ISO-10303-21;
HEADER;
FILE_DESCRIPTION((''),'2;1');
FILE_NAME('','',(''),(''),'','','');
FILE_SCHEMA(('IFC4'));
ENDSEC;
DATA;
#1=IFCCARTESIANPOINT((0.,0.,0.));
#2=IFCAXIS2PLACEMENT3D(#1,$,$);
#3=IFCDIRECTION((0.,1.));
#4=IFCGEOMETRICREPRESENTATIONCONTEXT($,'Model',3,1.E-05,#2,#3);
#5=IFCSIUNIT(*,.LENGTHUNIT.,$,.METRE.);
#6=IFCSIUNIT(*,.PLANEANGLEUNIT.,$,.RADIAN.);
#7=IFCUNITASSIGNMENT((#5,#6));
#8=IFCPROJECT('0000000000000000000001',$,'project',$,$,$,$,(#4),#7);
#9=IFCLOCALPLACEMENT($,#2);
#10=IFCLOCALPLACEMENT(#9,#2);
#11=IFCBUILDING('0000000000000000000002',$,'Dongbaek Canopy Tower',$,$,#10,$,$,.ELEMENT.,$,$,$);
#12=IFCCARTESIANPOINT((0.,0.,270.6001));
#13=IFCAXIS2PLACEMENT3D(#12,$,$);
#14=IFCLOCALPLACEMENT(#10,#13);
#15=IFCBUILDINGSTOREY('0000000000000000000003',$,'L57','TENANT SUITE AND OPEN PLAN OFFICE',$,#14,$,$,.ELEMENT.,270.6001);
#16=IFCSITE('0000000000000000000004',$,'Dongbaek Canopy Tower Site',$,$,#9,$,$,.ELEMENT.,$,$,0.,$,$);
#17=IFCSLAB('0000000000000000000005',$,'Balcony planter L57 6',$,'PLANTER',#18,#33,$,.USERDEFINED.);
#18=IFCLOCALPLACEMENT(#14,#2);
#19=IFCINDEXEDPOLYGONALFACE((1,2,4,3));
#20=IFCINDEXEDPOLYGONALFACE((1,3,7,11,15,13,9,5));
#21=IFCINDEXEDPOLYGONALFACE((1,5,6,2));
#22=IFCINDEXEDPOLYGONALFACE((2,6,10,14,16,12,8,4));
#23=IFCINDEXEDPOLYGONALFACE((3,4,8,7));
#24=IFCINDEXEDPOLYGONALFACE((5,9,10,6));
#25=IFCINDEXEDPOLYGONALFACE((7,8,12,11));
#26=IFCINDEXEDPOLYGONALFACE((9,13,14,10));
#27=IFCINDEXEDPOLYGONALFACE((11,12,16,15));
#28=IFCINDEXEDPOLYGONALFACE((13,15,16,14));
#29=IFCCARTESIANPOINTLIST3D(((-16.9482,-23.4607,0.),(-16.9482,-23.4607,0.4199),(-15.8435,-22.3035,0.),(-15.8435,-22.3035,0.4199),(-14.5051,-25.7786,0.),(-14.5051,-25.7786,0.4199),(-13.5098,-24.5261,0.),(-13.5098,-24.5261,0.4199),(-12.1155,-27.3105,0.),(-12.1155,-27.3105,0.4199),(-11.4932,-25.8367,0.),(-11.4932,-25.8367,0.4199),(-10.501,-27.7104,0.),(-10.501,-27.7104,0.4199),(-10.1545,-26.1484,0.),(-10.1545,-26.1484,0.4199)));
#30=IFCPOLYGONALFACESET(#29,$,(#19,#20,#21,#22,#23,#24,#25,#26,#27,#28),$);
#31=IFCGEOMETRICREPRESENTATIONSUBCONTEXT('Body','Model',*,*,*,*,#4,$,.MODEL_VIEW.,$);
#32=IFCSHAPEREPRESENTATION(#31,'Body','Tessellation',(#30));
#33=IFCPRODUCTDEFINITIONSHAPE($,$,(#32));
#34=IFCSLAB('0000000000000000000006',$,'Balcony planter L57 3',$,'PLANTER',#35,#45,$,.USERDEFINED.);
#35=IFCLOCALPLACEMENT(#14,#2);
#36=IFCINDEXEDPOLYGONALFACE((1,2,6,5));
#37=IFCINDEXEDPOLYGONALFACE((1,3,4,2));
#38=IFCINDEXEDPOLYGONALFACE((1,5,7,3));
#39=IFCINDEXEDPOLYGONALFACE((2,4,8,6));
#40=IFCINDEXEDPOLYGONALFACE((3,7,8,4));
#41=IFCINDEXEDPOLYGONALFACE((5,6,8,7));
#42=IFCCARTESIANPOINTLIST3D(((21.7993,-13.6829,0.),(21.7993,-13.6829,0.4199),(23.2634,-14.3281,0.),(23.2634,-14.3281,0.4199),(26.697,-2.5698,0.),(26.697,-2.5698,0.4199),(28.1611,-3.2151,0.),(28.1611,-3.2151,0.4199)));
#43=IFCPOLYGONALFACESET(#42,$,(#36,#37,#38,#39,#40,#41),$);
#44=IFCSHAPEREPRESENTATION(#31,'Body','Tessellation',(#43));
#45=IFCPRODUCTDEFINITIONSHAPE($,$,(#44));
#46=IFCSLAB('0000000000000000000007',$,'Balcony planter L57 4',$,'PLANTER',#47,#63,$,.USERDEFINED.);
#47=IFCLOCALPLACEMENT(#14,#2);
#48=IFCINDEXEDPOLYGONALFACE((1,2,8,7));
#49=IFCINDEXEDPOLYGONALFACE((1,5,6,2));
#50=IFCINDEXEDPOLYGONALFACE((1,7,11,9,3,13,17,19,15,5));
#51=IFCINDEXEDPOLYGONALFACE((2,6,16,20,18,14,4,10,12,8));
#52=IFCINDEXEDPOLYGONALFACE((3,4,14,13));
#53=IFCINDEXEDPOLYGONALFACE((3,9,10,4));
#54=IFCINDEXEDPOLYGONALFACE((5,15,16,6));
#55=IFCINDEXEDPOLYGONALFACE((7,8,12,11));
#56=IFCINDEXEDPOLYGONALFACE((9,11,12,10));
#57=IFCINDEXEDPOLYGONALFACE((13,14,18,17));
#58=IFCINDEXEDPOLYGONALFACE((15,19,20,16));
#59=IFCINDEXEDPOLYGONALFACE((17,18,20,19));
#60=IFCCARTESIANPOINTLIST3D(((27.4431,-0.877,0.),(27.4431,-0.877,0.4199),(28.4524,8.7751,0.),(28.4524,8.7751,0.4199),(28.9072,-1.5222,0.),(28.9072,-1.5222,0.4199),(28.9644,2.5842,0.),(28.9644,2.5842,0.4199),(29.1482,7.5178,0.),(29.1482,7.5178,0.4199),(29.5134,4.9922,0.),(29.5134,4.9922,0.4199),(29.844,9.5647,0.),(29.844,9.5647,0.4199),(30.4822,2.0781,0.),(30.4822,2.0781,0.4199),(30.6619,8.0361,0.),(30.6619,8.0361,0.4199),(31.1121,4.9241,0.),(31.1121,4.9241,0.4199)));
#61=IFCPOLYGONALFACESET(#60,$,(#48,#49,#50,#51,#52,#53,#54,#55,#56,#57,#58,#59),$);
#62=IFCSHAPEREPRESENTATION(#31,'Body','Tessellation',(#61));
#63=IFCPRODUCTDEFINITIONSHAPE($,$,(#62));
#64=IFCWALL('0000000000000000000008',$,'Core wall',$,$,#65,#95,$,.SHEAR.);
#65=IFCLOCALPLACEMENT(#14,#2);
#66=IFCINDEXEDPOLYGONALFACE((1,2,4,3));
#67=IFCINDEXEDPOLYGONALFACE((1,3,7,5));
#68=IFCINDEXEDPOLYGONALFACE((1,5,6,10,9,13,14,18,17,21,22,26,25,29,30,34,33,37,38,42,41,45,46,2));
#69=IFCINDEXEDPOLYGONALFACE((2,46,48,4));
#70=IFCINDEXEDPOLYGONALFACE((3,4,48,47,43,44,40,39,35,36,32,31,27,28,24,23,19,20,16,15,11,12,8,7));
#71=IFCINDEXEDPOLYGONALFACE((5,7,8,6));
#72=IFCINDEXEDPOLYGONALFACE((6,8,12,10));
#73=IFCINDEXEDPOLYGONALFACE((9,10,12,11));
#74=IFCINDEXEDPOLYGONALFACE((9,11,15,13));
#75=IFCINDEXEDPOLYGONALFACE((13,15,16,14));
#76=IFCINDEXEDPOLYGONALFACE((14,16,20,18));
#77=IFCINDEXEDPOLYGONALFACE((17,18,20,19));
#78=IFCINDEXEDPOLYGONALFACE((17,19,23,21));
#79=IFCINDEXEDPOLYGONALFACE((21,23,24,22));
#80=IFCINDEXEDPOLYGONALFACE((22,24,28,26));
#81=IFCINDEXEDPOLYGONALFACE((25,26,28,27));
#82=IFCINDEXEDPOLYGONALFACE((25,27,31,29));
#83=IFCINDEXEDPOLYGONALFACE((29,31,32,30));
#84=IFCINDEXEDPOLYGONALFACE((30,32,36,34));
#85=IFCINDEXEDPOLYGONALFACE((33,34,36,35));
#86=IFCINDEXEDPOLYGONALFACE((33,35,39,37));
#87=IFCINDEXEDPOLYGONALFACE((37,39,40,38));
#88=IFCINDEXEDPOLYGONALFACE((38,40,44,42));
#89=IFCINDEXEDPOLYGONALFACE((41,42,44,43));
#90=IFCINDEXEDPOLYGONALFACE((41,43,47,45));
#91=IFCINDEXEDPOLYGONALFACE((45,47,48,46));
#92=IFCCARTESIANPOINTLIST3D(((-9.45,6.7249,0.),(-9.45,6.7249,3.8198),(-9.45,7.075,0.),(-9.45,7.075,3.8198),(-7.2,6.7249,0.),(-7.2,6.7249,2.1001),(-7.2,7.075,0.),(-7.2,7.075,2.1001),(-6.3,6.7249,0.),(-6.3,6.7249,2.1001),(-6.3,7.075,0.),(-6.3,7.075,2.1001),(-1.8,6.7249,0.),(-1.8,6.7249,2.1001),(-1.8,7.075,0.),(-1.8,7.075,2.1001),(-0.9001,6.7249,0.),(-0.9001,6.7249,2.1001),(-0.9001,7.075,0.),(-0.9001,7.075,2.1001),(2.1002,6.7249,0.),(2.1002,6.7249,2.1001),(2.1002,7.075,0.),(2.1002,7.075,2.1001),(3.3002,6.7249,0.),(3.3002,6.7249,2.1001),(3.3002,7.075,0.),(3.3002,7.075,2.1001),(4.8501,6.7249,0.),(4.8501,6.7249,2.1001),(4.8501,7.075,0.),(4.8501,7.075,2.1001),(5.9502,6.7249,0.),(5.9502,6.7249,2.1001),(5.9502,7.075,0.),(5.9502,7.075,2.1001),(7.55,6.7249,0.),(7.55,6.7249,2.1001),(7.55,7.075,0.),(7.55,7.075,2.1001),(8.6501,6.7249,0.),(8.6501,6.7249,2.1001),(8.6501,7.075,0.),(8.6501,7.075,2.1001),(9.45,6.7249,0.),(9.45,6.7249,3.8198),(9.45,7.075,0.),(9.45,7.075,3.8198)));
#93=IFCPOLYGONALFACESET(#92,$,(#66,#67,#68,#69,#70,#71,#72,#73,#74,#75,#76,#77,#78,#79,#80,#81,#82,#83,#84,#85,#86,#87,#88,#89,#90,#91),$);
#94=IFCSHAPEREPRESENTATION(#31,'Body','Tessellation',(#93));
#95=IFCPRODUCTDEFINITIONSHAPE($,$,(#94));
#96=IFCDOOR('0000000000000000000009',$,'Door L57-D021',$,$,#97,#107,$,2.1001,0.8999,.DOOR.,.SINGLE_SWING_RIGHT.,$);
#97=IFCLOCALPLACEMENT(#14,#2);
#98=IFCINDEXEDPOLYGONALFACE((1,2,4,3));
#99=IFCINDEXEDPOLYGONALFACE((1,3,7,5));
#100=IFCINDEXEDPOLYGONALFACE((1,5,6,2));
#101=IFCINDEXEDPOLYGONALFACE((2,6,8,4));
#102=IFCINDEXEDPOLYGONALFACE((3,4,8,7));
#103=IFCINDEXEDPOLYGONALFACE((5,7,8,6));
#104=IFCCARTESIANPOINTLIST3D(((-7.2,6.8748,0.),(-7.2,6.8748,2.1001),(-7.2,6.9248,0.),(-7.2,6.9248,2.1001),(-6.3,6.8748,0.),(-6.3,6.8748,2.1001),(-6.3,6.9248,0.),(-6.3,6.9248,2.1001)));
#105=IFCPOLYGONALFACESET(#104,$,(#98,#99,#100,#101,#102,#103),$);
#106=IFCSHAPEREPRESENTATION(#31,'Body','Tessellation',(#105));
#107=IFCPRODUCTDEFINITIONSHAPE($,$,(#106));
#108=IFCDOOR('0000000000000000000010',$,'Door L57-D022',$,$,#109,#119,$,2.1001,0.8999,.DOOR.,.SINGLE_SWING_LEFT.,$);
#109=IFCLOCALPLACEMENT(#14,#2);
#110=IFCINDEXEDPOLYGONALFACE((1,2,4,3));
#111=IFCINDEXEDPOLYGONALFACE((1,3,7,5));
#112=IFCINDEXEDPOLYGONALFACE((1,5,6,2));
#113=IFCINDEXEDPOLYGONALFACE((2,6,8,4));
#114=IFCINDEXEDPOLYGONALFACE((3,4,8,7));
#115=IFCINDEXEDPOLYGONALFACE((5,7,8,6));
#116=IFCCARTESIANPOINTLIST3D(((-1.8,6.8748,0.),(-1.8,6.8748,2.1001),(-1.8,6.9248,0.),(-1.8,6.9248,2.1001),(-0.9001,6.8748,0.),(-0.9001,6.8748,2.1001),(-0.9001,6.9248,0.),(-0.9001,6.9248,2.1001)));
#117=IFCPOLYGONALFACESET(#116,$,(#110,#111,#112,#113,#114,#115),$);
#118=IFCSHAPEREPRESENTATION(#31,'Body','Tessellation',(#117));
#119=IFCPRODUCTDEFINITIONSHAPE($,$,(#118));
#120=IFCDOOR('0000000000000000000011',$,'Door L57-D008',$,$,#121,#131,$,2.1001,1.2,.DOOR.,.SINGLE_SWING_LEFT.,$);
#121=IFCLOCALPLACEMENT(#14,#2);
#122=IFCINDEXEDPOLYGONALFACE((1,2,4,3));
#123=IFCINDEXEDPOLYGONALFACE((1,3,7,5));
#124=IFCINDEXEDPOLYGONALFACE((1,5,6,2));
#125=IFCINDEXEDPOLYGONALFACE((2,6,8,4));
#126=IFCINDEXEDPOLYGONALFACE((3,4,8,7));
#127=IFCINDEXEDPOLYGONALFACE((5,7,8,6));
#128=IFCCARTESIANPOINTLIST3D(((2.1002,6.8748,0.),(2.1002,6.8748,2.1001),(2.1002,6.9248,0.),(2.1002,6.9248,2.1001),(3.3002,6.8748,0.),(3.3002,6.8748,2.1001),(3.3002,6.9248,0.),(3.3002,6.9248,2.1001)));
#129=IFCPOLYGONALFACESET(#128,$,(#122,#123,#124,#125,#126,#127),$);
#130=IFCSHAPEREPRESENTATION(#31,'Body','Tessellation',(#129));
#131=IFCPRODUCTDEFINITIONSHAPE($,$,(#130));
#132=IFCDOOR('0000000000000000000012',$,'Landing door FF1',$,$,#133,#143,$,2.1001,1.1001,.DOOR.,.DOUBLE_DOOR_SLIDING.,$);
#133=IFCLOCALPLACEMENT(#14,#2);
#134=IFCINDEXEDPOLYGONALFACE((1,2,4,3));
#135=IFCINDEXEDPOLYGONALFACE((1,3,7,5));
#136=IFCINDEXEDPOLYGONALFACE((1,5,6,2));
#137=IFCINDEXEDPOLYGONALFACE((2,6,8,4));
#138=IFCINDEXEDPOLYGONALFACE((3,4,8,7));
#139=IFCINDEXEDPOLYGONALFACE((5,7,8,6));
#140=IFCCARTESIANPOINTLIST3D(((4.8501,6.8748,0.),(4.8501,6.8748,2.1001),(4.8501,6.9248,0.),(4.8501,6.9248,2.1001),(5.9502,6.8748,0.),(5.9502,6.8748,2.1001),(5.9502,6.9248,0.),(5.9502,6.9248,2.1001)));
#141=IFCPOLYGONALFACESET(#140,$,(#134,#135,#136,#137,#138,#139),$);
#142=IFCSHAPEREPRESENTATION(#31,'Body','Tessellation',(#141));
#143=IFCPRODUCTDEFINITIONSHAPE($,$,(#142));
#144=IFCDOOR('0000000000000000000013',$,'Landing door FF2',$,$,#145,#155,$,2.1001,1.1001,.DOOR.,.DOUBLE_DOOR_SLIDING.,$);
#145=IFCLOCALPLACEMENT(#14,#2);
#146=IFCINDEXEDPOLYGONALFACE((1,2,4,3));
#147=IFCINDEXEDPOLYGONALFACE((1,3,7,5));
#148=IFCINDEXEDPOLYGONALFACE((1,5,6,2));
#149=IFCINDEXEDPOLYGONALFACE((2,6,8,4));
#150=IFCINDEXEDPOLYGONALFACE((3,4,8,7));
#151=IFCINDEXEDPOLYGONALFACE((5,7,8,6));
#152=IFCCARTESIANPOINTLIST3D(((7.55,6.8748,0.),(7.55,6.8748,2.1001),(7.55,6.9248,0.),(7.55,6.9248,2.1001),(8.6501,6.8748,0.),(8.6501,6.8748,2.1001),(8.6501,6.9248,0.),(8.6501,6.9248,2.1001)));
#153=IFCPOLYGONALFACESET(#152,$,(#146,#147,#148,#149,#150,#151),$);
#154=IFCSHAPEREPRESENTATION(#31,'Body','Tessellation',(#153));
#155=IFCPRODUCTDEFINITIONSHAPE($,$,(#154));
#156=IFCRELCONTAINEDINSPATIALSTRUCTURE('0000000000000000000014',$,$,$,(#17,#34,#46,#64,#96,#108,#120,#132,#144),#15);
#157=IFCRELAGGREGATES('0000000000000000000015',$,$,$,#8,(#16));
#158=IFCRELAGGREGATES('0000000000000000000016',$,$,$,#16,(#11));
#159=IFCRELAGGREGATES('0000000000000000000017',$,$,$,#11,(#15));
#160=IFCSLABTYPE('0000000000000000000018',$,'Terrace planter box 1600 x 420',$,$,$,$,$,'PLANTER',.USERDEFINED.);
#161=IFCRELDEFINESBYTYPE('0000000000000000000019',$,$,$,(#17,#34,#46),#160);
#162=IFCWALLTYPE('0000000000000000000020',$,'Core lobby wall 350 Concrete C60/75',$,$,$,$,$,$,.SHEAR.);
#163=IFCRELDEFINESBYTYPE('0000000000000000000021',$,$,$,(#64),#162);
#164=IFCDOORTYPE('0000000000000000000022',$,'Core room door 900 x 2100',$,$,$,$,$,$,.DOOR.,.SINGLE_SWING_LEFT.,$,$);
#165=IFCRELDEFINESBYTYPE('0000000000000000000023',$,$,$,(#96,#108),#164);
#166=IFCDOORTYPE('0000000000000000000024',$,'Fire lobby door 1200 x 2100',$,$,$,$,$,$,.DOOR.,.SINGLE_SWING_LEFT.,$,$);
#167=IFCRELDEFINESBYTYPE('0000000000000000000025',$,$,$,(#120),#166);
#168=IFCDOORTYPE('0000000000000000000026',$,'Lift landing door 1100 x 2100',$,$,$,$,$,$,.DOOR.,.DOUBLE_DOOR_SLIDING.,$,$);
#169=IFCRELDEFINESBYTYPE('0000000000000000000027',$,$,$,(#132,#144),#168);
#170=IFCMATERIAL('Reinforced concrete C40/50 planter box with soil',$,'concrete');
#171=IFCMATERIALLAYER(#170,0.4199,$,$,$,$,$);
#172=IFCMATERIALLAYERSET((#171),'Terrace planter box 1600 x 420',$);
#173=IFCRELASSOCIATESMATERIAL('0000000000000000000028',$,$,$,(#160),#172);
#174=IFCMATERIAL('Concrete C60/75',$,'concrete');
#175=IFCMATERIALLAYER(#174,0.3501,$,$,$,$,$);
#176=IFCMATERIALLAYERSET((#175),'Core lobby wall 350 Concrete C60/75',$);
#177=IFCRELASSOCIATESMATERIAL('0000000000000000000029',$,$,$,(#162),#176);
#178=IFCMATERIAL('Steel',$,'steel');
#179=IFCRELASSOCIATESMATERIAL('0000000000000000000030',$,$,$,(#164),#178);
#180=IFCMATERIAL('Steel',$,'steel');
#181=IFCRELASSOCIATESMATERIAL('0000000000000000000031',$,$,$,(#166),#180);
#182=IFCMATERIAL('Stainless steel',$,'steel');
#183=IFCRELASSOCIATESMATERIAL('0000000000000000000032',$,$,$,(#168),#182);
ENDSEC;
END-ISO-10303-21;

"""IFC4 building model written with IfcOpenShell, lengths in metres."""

from ifc_helpers import new_model, si_unit, direction, frame, frame_2d, origin, place, context, subcontext, project, spatial, polyline, rectangle, outline, extrude, material, layer, layer_set, type_object, element, fill, save


model = new_model("IFC4")

# Units and contexts
model_context = context("Model", 3, precision=1e-05, world=origin(), true_north=direction((0.0, 1.0)))
body_context = subcontext(model_context, "Body", "Model", "MODEL_VIEW")
ifc_project = project(units=[si_unit("LENGTHUNIT", "METRE"), si_unit("PLANEANGLEUNIT", "RADIAN")], contexts=[model_context])

# Site, building, storey
site_placement = place(None, origin())
site = spatial("IfcSite", under=ifc_project, at=site_placement, Name="Dongbaek Canopy Tower Site", CompositionType="ELEMENT", RefElevation=0.0)
building_placement = place(site_placement, origin())
building = spatial("IfcBuilding", under=site, at=building_placement, Name="Dongbaek Canopy Tower", CompositionType="ELEMENT")
storey_placement = place(building_placement, frame((0.0, 0.0, 270.6001)))
storey = spatial("IfcBuildingStorey", under=building, at=storey_placement, Name="L57", Description="TENANT SUITE AND OPEN PLAN OFFICE", CompositionType="ELEMENT", Elevation=270.6001)

# Slabs
ifc_material_1 = material(Name="Reinforced concrete C40/50 planter box with soil", Category="concrete")
ifc_layer_1 = layer(ifc_material_1, 0.4199)
ifc_layer_set_1 = layer_set([ifc_layer_1], Name="Terrace planter box 1600 x 420")
slab_type_1 = type_object("IfcSlabType", Name="Terrace planter box 1600 x 420", ElementType="PLANTER", PredefinedType="USERDEFINED", material=ifc_layer_set_1)
slab_1_placement = place(storey_placement, origin())
element("IfcSlab", 1, at=slab_1_placement, inside=storey, type_object=slab_type_1, Name="Balcony planter L57 6", ObjectType="PLANTER", PredefinedType="USERDEFINED", context=body_context, shape_type="SweptSolid", body=[
    extrude(outline(polyline([(-15.8435, -22.3035), (-13.5098, -24.5261), (-11.4932, -25.8367), (-10.1545, -26.1484), (-10.501, -27.7104), (-12.1155, -27.3105), (-14.5051, -25.7786), (-16.9482, -23.4607), (-15.8435, -22.3035)])), origin(), (0.0, 0.0, 1.0), 0.4199),
])
slab_2_placement = place(storey_placement, origin())
element("IfcSlab", 2, at=slab_2_placement, inside=storey, type_object=slab_type_1, Name="Balcony planter L57 3", ObjectType="PLANTER", PredefinedType="USERDEFINED", context=body_context, shape_type="SweptSolid", body=[
    extrude(outline(polyline([(21.7993, -13.6829), (26.697, -2.5698), (28.1611, -3.2151), (23.2634, -14.3281), (21.7993, -13.6829)])), origin(), (0.0, 0.0, 1.0), 0.4199),
])
slab_3_placement = place(storey_placement, origin())
element("IfcSlab", 3, at=slab_3_placement, inside=storey, type_object=slab_type_1, Name="Balcony planter L57 4", ObjectType="PLANTER", PredefinedType="USERDEFINED", context=body_context, shape_type="SweptSolid", body=[
    extrude(outline(polyline([(27.4431, -0.877), (28.9644, 2.5842), (29.5134, 4.9922), (29.1482, 7.5178), (28.4524, 8.7751), (29.844, 9.5647), (30.6619, 8.0361), (31.1121, 4.9241), (30.4822, 2.0781), (28.9072, -1.5222), (27.4431, -0.877)])), origin(), (0.0, 0.0, 1.0), 0.4199),
])

# Wall, openings, doors
ifc_material_2 = material(Name="Concrete C60/75", Category="concrete")
ifc_layer_2 = layer(ifc_material_2, 0.3501)
ifc_layer_set_2 = layer_set([ifc_layer_2], Name="Core lobby wall 350 Concrete C60/75")
wall_type_1 = type_object("IfcWallType", Name="Core lobby wall 350 Concrete C60/75", PredefinedType="SHEAR", material=ifc_layer_set_2)
wall_1_placement = place(storey_placement, frame((-9.45, 6.8999, 0.0), z_axis=(0.0, 0.0, 1.0), x_axis=(1.0, 0.0, 0.0)))
wall_1 = element("IfcWall", 4, at=wall_1_placement, inside=storey, type_object=wall_type_1, Name="Core wall", PredefinedType="SHEAR", context=body_context, shape_type="SweptSolid", body=[
    extrude(rectangle(XDim=18.8999, YDim=0.3501, at=frame_2d((9.45, 0.0))), origin(), (0.0, 0.0, 1.0), 3.8198),
])
opening_1_placement = place(wall_1_placement, frame((11.55, 0.0, 0.0)))
opening_1 = element("IfcOpeningElement", 5, at=opening_1_placement, cuts=wall_1, PredefinedType="OPENING", context=body_context, shape_type="SweptSolid", body=[
    extrude(rectangle(XDim=1.2, YDim=2.1001, at=frame_2d((0.6001, 1.05))), frame((0.0, 0.1851, 0.0), z_axis=(0.0, -1.0, 0.0), x_axis=(1.0, 0.0, 0.0)), (0.0, 0.0, 1.0), 0.3701),
])
opening_2_placement = place(wall_1_placement, frame((14.3, 0.0, 0.0)))
opening_2 = element("IfcOpeningElement", 6, at=opening_2_placement, cuts=wall_1, PredefinedType="OPENING", context=body_context, shape_type="SweptSolid", body=[
    extrude(rectangle(XDim=1.1001, YDim=2.1001, at=frame_2d((0.55, 1.05))), frame((0.0, 0.1851, 0.0), z_axis=(0.0, -1.0, 0.0), x_axis=(1.0, 0.0, 0.0)), (0.0, 0.0, 1.0), 0.3701),
])
opening_3_placement = place(wall_1_placement, frame((17.0, 0.0, 0.0)))
opening_3 = element("IfcOpeningElement", 7, at=opening_3_placement, cuts=wall_1, PredefinedType="OPENING", context=body_context, shape_type="SweptSolid", body=[
    extrude(rectangle(XDim=1.1001, YDim=2.1001, at=frame_2d((0.55, 1.05))), frame((0.0, 0.1851, 0.0), z_axis=(0.0, -1.0, 0.0), x_axis=(1.0, 0.0, 0.0)), (0.0, 0.0, 1.0), 0.3701),
])
opening_4_placement = place(wall_1_placement, frame((2.25, 0.0, 0.0)))
opening_4 = element("IfcOpeningElement", 8, at=opening_4_placement, cuts=wall_1, PredefinedType="OPENING", context=body_context, shape_type="SweptSolid", body=[
    extrude(rectangle(XDim=0.8999, YDim=2.1001, at=frame_2d((0.45, 1.05))), frame((0.0, 0.1851, 0.0), z_axis=(0.0, -1.0, 0.0), x_axis=(1.0, 0.0, 0.0)), (0.0, 0.0, 1.0), 0.3701),
])
opening_5_placement = place(wall_1_placement, frame((7.6499, 0.0, 0.0)))
opening_5 = element("IfcOpeningElement", 9, at=opening_5_placement, cuts=wall_1, PredefinedType="OPENING", context=body_context, shape_type="SweptSolid", body=[
    extrude(rectangle(XDim=0.8999, YDim=2.1001, at=frame_2d((0.45, 1.05))), frame((0.0, 0.1851, 0.0), z_axis=(0.0, -1.0, 0.0), x_axis=(1.0, 0.0, 0.0)), (0.0, 0.0, 1.0), 0.3701),
])
ifc_material_3 = material(Name="Steel", Category="steel")
door_type_1 = type_object("IfcDoorType", Name="Core room door 900 x 2100", OperationType="SINGLE_SWING_LEFT", PredefinedType="DOOR", material=ifc_material_3)
door_1_placement = place(opening_4_placement, origin())
door_1 = element("IfcDoor", 10, at=door_1_placement, inside=storey, type_object=door_type_1, Name="Door L57-D021", OperationType="SINGLE_SWING_RIGHT", OverallHeight=2.1001, OverallWidth=0.8999, PredefinedType="DOOR", context=body_context, shape_type="SweptSolid", body=[
    extrude(rectangle(XDim=0.8999, YDim=2.1001, at=frame_2d((0.45, 1.05))), frame((0.0, 0.0249, 0.0), z_axis=(0.0, -1.0, 0.0), x_axis=(1.0, 0.0, 0.0)), (0.0, 0.0, 1.0), 0.05),
])
fill(opening_4, door_1)
door_2_placement = place(opening_5_placement, origin())
door_2 = element("IfcDoor", 11, at=door_2_placement, inside=storey, type_object=door_type_1, Name="Door L57-D022", OperationType="SINGLE_SWING_LEFT", OverallHeight=2.1001, OverallWidth=0.8999, PredefinedType="DOOR", context=body_context, shape_type="SweptSolid", body=[
    extrude(rectangle(XDim=0.8999, YDim=2.1001, at=frame_2d((0.45, 1.05))), frame((0.0, 0.0249, 0.0), z_axis=(0.0, -1.0, 0.0), x_axis=(1.0, 0.0, 0.0)), (0.0, 0.0, 1.0), 0.05),
])
fill(opening_5, door_2)
ifc_material_4 = material(Name="Steel", Category="steel")
door_type_2 = type_object("IfcDoorType", Name="Fire lobby door 1200 x 2100", OperationType="SINGLE_SWING_LEFT", PredefinedType="DOOR", material=ifc_material_4)
door_3_placement = place(opening_1_placement, origin())
door_3 = element("IfcDoor", 12, at=door_3_placement, inside=storey, type_object=door_type_2, Name="Door L57-D008", OperationType="SINGLE_SWING_LEFT", OverallHeight=2.1001, OverallWidth=1.2, PredefinedType="DOOR", context=body_context, shape_type="SweptSolid", body=[
    extrude(rectangle(XDim=1.2, YDim=2.1001, at=frame_2d((0.6001, 1.05))), frame((0.0, 0.0249, 0.0), z_axis=(0.0, -1.0, 0.0), x_axis=(1.0, 0.0, 0.0)), (0.0, 0.0, 1.0), 0.05),
])
fill(opening_1, door_3)
ifc_material_5 = material(Name="Stainless steel", Category="steel")
door_type_3 = type_object("IfcDoorType", Name="Lift landing door 1100 x 2100", OperationType="DOUBLE_DOOR_SLIDING", PredefinedType="DOOR", material=ifc_material_5)
door_4_placement = place(opening_2_placement, origin())
door_4 = element("IfcDoor", 13, at=door_4_placement, inside=storey, type_object=door_type_3, Name="Landing door FF1", OperationType="DOUBLE_DOOR_SLIDING", OverallHeight=2.1001, OverallWidth=1.1001, PredefinedType="DOOR", context=body_context, shape_type="SweptSolid", body=[
    extrude(rectangle(XDim=1.1001, YDim=2.1001, at=frame_2d((0.55, 1.05))), frame((0.0, 0.0249, 0.0), z_axis=(0.0, -1.0, 0.0), x_axis=(1.0, 0.0, 0.0)), (0.0, 0.0, 1.0), 0.05),
])
fill(opening_2, door_4)
door_5_placement = place(opening_3_placement, origin())
door_5 = element("IfcDoor", 14, at=door_5_placement, inside=storey, type_object=door_type_3, Name="Landing door FF2", OperationType="DOUBLE_DOOR_SLIDING", OverallHeight=2.1001, OverallWidth=1.1001, PredefinedType="DOOR", context=body_context, shape_type="SweptSolid", body=[
    extrude(rectangle(XDim=1.1001, YDim=2.1001, at=frame_2d((0.55, 1.05))), frame((0.0, 0.0249, 0.0), z_axis=(0.0, -1.0, 0.0), x_axis=(1.0, 0.0, 0.0)), (0.0, 0.0, 1.0), 0.05),
])
fill(opening_3, door_5)

save(model, "model.ifc")
